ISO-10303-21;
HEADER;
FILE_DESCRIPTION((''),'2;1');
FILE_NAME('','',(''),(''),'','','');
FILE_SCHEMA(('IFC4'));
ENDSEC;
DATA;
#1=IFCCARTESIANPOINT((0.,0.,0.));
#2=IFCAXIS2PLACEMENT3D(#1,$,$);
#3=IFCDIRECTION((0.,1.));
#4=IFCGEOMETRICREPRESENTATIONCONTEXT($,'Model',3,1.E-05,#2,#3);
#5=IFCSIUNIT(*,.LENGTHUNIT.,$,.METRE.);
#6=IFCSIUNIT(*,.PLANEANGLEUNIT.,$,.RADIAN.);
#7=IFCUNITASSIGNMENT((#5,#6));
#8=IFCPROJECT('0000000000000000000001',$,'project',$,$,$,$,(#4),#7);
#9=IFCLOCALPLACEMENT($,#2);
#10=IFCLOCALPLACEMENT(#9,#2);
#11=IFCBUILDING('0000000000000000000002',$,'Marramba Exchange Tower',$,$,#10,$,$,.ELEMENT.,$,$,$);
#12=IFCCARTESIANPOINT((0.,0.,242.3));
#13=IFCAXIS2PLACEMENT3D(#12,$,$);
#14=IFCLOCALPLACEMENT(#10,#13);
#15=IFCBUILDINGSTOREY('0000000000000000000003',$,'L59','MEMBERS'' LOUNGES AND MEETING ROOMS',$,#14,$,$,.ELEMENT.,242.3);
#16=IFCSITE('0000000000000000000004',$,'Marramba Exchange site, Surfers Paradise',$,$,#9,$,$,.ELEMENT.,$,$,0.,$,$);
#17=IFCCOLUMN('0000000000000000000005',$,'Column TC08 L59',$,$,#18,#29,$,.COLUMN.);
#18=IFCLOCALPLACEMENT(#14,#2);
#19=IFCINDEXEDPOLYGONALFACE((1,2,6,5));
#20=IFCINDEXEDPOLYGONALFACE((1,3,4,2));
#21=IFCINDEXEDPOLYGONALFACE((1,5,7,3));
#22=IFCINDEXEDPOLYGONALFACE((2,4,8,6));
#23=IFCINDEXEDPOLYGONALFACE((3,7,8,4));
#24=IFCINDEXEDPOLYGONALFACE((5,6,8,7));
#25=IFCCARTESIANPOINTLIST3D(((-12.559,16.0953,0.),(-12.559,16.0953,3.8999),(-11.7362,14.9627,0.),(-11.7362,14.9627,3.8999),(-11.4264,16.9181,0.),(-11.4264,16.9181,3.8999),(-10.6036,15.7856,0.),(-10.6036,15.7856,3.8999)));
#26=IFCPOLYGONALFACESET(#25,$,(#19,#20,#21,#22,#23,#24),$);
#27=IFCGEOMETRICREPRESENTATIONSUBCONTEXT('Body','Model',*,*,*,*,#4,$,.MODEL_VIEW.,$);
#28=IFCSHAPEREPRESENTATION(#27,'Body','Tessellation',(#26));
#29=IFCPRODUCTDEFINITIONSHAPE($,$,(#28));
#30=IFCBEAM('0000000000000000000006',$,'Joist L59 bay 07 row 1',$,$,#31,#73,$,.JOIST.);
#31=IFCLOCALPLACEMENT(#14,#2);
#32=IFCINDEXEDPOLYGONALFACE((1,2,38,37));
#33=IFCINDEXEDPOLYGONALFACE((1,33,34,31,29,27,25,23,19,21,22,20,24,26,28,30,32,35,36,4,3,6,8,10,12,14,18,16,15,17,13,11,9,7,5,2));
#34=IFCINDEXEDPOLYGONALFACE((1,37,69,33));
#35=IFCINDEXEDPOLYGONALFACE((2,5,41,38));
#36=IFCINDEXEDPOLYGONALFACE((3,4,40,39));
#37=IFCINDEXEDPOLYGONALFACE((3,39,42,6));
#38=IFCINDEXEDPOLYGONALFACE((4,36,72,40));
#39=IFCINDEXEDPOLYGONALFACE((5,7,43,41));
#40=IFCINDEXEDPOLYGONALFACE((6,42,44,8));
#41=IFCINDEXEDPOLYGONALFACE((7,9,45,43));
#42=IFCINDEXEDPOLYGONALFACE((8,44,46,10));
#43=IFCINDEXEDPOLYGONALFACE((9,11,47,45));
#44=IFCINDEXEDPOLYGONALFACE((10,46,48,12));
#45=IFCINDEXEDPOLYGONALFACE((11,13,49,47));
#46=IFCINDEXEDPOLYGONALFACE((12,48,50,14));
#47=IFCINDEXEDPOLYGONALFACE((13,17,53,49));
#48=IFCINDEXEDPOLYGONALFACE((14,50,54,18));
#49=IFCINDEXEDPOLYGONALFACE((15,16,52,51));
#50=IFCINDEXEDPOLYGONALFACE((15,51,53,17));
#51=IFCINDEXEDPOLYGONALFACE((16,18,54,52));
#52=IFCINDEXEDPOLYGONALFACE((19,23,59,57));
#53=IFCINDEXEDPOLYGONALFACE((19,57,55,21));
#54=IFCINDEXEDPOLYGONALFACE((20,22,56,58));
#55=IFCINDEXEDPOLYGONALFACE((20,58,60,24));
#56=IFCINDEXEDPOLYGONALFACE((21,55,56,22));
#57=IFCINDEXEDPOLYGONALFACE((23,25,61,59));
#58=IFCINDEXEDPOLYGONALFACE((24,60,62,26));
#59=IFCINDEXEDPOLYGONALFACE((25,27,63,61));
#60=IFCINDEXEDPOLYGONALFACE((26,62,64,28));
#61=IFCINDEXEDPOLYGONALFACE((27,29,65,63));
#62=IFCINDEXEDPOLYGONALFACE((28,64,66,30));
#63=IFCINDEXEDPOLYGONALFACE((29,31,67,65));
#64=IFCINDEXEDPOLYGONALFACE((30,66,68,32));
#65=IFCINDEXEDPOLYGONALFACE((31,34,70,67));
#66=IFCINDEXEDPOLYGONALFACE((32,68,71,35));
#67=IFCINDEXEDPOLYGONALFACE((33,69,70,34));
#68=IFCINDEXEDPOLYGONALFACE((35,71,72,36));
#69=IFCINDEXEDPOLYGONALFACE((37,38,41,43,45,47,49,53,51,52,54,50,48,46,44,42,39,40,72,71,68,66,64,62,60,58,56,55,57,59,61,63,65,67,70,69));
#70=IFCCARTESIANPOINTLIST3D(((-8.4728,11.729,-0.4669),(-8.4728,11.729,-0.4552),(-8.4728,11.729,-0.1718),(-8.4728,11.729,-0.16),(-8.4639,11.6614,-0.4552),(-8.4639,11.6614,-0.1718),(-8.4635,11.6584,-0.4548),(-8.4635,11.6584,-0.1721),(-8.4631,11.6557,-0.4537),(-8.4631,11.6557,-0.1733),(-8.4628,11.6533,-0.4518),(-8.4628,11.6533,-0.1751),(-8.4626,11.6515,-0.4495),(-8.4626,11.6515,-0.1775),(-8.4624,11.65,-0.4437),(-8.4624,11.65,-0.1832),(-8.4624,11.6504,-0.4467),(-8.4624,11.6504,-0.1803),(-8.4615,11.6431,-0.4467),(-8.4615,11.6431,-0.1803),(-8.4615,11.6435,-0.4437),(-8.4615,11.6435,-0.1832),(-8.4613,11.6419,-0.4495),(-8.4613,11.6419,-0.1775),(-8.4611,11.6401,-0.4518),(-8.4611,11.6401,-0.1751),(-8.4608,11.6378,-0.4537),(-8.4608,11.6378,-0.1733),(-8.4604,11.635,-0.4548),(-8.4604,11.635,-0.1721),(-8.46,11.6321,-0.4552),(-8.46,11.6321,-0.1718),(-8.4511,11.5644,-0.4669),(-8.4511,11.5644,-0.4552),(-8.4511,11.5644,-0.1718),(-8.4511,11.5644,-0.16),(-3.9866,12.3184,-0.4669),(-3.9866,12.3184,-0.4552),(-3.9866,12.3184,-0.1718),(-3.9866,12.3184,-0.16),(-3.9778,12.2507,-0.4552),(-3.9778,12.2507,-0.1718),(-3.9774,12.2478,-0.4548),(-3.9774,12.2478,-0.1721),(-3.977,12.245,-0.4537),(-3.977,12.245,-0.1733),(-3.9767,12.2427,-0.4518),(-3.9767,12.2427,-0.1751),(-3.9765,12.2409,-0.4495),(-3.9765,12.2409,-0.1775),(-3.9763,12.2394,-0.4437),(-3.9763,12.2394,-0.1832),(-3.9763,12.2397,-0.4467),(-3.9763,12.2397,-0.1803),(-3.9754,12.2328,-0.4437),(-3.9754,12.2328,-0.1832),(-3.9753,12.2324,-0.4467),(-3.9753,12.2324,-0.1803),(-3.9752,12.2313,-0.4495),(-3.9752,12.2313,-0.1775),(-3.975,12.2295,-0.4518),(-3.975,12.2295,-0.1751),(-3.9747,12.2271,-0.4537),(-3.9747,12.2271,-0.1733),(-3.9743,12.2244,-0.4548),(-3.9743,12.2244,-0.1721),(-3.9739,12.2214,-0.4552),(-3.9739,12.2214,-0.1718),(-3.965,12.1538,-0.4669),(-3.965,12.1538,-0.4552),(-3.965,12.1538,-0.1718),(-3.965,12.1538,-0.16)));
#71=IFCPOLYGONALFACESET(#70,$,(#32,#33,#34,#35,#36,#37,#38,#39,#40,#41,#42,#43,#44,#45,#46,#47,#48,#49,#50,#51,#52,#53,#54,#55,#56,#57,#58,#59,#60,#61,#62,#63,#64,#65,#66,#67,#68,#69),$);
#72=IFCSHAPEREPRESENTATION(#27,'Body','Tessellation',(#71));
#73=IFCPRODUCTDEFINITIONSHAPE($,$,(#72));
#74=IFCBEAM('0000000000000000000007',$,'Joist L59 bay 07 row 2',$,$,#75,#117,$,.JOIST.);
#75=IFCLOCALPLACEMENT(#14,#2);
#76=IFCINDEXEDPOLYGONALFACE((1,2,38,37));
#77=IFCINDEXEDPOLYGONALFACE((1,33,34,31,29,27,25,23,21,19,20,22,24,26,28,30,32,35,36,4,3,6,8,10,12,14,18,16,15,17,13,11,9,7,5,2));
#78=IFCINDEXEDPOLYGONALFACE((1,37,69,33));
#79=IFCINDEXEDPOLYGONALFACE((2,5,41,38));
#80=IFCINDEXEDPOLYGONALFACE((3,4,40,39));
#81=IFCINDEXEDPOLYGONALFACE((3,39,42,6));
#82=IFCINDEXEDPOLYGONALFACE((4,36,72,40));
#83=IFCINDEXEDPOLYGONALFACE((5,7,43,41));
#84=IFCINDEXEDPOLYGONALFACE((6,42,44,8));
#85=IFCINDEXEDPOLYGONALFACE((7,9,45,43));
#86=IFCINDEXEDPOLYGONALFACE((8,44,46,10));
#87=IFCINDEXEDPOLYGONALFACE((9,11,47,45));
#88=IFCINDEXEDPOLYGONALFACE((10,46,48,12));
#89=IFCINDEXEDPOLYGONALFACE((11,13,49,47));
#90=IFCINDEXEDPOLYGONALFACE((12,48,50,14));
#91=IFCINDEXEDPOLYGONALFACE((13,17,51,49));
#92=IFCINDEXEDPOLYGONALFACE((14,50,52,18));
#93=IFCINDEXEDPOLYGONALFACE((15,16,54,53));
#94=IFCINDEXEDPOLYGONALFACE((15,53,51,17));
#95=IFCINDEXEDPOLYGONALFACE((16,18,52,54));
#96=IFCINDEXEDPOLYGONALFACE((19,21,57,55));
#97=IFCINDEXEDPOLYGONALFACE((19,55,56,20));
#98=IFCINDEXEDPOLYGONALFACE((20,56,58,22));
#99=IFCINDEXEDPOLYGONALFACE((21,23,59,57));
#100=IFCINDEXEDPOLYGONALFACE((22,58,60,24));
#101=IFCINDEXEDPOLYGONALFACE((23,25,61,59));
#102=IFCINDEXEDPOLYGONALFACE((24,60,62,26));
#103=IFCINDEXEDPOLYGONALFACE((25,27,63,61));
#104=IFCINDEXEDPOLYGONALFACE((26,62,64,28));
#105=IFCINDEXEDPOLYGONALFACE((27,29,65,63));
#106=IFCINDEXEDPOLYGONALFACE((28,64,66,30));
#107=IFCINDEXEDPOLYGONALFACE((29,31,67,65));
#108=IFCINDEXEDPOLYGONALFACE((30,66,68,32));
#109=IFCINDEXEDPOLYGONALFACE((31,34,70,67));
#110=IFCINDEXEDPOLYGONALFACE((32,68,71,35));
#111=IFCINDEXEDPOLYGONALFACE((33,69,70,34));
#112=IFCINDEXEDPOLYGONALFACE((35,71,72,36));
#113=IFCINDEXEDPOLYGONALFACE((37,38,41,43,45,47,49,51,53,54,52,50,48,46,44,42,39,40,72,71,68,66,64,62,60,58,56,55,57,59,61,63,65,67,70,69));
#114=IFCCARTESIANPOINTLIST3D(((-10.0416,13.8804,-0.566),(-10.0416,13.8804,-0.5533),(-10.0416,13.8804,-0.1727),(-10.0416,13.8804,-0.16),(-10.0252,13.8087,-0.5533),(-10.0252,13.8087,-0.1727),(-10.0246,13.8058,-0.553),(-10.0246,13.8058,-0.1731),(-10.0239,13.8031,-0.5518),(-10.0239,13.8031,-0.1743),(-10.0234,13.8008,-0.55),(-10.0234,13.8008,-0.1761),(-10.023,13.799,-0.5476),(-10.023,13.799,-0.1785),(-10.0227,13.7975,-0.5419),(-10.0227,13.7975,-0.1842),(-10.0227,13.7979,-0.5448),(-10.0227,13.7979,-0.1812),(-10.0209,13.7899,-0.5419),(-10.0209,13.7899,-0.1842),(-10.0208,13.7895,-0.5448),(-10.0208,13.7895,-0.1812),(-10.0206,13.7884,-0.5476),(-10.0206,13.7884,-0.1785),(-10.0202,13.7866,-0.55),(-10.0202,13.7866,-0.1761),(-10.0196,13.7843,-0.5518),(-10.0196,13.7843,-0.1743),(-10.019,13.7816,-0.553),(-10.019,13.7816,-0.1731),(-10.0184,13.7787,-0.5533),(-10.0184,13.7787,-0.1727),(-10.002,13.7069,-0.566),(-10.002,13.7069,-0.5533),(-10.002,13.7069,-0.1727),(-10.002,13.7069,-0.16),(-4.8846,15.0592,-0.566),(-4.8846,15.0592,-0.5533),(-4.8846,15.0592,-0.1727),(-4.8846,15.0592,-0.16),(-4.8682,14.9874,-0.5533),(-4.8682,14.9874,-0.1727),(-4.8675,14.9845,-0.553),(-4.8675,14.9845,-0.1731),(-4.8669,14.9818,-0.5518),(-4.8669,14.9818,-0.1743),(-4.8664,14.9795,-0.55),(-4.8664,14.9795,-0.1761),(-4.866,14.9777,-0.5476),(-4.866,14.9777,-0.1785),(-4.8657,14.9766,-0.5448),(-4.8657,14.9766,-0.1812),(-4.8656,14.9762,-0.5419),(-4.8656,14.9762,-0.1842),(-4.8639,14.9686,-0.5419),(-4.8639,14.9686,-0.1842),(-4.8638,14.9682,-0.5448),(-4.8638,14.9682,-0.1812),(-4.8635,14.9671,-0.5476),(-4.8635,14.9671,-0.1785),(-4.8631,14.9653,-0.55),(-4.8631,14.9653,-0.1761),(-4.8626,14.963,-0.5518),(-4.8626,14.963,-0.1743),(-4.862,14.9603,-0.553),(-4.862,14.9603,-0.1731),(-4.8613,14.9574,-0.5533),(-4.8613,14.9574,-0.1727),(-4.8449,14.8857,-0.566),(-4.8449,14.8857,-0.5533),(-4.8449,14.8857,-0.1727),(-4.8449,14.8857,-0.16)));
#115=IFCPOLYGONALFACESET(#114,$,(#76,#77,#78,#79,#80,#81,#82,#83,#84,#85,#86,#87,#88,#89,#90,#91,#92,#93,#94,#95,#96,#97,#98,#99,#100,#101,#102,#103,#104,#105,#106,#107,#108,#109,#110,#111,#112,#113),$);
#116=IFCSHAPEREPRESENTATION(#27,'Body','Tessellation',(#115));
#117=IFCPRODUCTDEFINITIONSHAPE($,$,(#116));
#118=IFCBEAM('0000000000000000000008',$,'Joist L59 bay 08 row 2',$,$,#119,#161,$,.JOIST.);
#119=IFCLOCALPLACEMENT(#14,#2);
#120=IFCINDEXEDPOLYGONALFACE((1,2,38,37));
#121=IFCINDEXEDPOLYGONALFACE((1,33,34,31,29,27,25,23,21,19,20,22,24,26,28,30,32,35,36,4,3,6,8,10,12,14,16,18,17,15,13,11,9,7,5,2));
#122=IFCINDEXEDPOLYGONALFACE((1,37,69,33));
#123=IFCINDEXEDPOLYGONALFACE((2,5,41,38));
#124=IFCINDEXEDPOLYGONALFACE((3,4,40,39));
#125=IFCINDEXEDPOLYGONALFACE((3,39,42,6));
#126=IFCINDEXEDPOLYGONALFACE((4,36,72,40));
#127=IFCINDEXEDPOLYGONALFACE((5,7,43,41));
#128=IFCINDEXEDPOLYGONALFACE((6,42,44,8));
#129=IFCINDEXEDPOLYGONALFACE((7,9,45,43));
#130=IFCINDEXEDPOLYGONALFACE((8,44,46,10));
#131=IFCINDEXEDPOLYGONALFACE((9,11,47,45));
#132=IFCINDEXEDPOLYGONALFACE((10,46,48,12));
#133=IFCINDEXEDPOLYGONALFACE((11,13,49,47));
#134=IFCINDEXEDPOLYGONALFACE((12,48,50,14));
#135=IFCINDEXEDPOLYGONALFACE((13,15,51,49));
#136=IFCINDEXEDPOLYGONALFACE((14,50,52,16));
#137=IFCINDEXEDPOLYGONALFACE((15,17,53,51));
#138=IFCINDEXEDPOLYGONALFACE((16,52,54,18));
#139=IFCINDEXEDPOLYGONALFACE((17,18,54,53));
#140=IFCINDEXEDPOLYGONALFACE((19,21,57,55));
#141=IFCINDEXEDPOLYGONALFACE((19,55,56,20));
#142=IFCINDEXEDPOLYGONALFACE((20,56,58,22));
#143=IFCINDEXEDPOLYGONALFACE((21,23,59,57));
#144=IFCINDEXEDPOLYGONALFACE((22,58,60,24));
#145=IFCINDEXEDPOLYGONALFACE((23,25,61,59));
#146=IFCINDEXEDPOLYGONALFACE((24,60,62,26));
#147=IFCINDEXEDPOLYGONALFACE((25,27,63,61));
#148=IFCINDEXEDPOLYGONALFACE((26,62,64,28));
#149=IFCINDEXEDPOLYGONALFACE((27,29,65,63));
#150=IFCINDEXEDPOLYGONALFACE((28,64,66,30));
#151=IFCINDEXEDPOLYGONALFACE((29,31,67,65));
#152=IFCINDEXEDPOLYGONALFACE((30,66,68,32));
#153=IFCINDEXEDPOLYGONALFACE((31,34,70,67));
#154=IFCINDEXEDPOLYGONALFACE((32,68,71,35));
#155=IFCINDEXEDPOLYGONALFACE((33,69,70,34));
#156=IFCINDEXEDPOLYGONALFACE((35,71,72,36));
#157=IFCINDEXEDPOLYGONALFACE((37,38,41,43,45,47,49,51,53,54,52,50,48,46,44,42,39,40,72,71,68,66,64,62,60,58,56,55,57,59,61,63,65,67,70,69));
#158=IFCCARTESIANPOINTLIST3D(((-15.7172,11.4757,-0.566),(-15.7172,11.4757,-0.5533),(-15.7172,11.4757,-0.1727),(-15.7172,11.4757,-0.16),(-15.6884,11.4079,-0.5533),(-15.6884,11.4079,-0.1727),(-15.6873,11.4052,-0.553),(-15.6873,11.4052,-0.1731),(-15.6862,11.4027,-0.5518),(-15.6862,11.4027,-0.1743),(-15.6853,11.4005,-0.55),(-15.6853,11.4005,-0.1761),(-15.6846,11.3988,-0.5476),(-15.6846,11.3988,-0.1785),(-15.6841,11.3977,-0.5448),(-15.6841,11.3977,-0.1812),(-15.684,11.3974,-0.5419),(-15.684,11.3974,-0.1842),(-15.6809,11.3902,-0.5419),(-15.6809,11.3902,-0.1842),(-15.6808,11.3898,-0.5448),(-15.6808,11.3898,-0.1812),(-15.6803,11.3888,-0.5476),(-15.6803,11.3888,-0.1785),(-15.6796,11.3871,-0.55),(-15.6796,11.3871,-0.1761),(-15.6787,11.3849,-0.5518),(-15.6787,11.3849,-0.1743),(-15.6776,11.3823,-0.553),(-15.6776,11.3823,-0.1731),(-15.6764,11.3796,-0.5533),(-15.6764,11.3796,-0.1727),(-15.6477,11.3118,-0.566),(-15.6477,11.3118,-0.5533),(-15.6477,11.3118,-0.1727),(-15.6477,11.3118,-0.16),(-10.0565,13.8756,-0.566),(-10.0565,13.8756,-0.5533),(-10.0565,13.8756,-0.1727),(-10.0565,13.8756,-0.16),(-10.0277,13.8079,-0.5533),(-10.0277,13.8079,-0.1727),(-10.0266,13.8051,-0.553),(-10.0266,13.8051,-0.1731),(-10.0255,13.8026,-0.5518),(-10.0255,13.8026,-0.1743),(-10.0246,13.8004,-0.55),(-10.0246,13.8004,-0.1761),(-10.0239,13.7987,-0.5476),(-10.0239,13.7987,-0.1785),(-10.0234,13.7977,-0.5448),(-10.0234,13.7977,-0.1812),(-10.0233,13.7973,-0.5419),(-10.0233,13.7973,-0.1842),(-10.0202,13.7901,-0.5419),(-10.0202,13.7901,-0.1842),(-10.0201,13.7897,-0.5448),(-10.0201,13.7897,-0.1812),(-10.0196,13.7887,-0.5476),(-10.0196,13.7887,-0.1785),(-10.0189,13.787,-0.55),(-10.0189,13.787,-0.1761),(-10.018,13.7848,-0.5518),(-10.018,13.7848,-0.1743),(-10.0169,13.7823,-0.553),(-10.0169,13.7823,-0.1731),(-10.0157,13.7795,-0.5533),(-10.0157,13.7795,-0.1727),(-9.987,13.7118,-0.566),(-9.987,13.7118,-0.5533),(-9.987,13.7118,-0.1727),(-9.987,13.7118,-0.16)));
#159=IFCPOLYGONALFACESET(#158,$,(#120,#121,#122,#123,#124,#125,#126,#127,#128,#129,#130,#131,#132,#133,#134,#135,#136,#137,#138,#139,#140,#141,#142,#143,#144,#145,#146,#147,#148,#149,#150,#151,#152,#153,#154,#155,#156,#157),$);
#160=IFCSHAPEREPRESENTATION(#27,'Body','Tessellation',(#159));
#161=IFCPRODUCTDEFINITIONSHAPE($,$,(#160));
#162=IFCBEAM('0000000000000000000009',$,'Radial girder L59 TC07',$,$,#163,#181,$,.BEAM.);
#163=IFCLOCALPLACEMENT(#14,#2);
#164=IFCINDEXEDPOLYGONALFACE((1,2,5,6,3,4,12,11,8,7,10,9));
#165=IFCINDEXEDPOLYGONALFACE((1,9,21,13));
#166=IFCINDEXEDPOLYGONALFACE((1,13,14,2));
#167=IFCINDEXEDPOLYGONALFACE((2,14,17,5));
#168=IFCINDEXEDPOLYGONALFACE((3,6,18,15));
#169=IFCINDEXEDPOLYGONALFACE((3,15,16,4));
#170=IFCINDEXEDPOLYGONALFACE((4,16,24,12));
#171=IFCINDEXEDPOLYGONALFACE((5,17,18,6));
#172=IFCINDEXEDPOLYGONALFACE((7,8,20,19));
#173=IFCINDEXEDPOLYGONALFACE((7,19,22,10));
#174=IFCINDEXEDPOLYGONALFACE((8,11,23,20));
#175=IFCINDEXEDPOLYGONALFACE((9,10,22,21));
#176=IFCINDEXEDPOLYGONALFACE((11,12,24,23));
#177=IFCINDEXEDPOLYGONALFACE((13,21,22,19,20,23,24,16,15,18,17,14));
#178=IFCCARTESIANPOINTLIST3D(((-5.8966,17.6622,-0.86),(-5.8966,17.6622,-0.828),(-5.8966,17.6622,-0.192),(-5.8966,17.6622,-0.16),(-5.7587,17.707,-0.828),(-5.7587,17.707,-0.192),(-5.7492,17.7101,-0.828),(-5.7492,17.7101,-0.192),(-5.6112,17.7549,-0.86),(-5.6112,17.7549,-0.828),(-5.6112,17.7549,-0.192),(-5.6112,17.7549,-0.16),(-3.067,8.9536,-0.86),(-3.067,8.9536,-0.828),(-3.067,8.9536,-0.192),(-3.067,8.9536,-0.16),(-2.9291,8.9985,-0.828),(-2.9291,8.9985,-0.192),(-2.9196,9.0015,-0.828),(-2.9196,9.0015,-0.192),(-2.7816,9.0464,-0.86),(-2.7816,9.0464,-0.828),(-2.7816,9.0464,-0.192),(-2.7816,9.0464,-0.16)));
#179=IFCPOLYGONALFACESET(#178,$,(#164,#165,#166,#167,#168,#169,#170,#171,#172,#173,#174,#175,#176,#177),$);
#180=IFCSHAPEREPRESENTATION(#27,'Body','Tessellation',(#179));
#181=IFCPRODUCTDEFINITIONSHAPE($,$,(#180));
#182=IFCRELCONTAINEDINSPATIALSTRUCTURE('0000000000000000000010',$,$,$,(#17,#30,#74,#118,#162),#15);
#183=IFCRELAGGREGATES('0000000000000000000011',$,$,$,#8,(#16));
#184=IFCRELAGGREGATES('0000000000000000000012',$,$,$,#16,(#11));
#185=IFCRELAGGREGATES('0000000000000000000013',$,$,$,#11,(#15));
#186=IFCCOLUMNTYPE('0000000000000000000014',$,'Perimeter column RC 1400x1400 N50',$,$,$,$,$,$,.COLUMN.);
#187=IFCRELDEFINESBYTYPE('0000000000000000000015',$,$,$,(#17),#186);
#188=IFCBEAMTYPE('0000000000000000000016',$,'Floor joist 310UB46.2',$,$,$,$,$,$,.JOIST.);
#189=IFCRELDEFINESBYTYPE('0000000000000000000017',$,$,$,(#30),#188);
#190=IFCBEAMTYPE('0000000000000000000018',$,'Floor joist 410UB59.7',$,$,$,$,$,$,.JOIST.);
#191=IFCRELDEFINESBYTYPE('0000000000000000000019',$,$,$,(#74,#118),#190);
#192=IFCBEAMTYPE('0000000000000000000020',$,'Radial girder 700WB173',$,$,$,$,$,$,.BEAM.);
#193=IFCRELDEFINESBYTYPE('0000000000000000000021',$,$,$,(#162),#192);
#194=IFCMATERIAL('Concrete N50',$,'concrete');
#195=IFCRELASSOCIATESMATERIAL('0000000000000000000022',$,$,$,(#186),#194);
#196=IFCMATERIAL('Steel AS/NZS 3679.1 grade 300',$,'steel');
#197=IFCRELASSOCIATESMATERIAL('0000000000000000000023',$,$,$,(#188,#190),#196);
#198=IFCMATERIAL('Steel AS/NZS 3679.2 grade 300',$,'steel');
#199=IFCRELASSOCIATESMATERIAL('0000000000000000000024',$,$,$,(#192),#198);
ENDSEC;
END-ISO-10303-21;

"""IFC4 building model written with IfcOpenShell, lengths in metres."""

from ifc_helpers import new_model, si_unit, direction, frame, origin, origin_2d, place, context, subcontext, project, spatial, rectangle, i_section, extrude, material, material_profile, profile_set, type_object, element, save


model = new_model("IFC4")

# Units and contexts
model_context = context("Model", 3, precision=1e-05, world=origin(), true_north=direction((0.0, 1.0)))
body_context = subcontext(model_context, "Body", "Model", "MODEL_VIEW")
ifc_project = project(units=[si_unit("LENGTHUNIT", "METRE"), si_unit("PLANEANGLEUNIT", "RADIAN")], contexts=[model_context])

# Site, building, storey
site_placement = place(None, origin())
site = spatial("IfcSite", under=ifc_project, at=site_placement, Name="Marramba Exchange site, Surfers Paradise", CompositionType="ELEMENT", RefElevation=0.0)
building_placement = place(site_placement, origin())
building = spatial("IfcBuilding", under=site, at=building_placement, Name="Marramba Exchange Tower", CompositionType="ELEMENT")
storey_placement = place(building_placement, frame((0.0, 0.0, 242.3)))
storey = spatial("IfcBuildingStorey", under=building, at=storey_placement, Name="L59", Description="MEMBERS' LOUNGES AND MEETING ROOMS", CompositionType="ELEMENT", Elevation=242.3)

# Column
ifc_material_1 = material(Name="Concrete N50", Category="concrete")
ifc_material_profile_1 = material_profile(ifc_material_1, rectangle(XDim=1.3999, YDim=1.3999, at=origin_2d()), Name="RC 1400x1400")
ifc_profile_set_1 = profile_set([ifc_material_profile_1], Name="Concrete N50")
column_type = type_object("IfcColumnType", Name="Perimeter column RC 1400x1400 N50", PredefinedType="COLUMN", material=ifc_profile_set_1)
column_placement = place(storey_placement, frame((-11.5813, 15.9404, 0.0), z_axis=(0.0, 0.0, 1.0), x_axis=(-0.587785, 0.809017, 0.0)))
element("IfcColumn", 1, at=column_placement, inside=storey, type_object=column_type, Name="Column TC08 L59", PredefinedType="COLUMN", context=body_context, shape_type="SweptSolid", body=[
    extrude(rectangle(XDim=1.3999, YDim=1.3999, at=origin_2d()), origin(), (0.0, 0.0, 1.0), 3.8999),
])

# Beams
ifc_material_2 = material(Name="Steel AS/NZS 3679.1 grade 300", Category="steel")
ifc_material_profile_2 = material_profile(ifc_material_2, i_section(OverallWidth=0.166, OverallDepth=0.3069, WebThickness=0.0066, FlangeThickness=0.0117, FilletRadius=0.0115, at=origin_2d()), Name="310UB46.2")
ifc_profile_set_2 = profile_set([ifc_material_profile_2], Name="Steel AS/NZS 3679.1 grade 300")
beam_type_1 = type_object("IfcBeamType", Name="Floor joist 310UB46.2", PredefinedType="JOIST", material=ifc_profile_set_2)
beam_1_placement = place(storey_placement, frame((-3.9758, 12.2361, -0.3135), z_axis=(-0.991481, -0.130255, 0.0), x_axis=(0.130255, -0.991481, 0.0)))
element("IfcBeam", 2, at=beam_1_placement, inside=storey, type_object=beam_type_1, Name="Joist L59 bay 07 row 1", PredefinedType="JOIST", context=body_context, shape_type="SweptSolid", body=[
    extrude(i_section(OverallWidth=0.166, OverallDepth=0.3069, WebThickness=0.0066, FlangeThickness=0.0117, FilletRadius=0.0115, at=origin_2d()), origin(), (0.0, 0.0, 1.0), 4.5247),
])
ifc_material_profile_3 = material_profile(ifc_material_2, i_section(OverallWidth=0.178, OverallDepth=0.406, WebThickness=0.0078, FlangeThickness=0.0127, FilletRadius=0.0115, at=origin_2d()), Name="410UB59.7")
ifc_profile_set_3 = profile_set([ifc_material_profile_3], Name="Steel AS/NZS 3679.1 grade 300")
beam_type_2 = type_object("IfcBeamType", Name="Floor joist 410UB59.7", PredefinedType="JOIST", material=ifc_profile_set_3)
beam_2_placement = place(storey_placement, frame((-4.8647, 14.9724, -0.363), z_axis=(-0.97486, -0.22282, 0.0), x_axis=(0.22282, -0.97486, 0.0)))
element("IfcBeam", 3, at=beam_2_placement, inside=storey, type_object=beam_type_2, Name="Joist L59 bay 07 row 2", PredefinedType="JOIST", context=body_context, shape_type="SweptSolid", body=[
    extrude(i_section(OverallWidth=0.178, OverallDepth=0.406, WebThickness=0.0078, FlangeThickness=0.0127, FilletRadius=0.0115, at=origin_2d()), origin(), (0.0, 0.0, 1.0), 5.29),
])
beam_3_placement = place(storey_placement, frame((-10.0217, 13.7937, -0.363), z_axis=(-0.920674, -0.390332, 0.0), x_axis=(0.390332, -0.920674, 0.0)))
element("IfcBeam", 4, at=beam_3_placement, inside=storey, type_object=beam_type_2, Name="Joist L59 bay 08 row 2", PredefinedType="JOIST", context=body_context, shape_type="SweptSolid", body=[
    extrude(i_section(OverallWidth=0.178, OverallDepth=0.406, WebThickness=0.0078, FlangeThickness=0.0127, FilletRadius=0.0115, at=origin_2d()), origin(), (0.0, 0.0, 1.0), 6.1484),
])
ifc_material_3 = material(Name="Steel AS/NZS 3679.2 grade 300", Category="steel")
ifc_material_profile_4 = material_profile(ifc_material_3, i_section(OverallWidth=0.3, OverallDepth=0.7, WebThickness=0.01, FlangeThickness=0.032, at=origin_2d()), Name="700WB173")
ifc_profile_set_4 = profile_set([ifc_material_profile_4], Name="Steel AS/NZS 3679.2 grade 300")
beam_type_3 = type_object("IfcBeamType", Name="Radial girder 700WB173", PredefinedType="BEAM", material=ifc_profile_set_4)
beam_4_placement = place(storey_placement, frame((-2.9243, 9.0, -0.51), z_axis=(-0.30902, 0.951056, 0.0), x_axis=(-0.951056, -0.30902, 0.0)))
element("IfcBeam", 5, at=beam_4_placement, inside=storey, type_object=beam_type_3, Name="Radial girder L59 TC07", PredefinedType="BEAM", context=body_context, shape_type="SweptSolid", body=[
    extrude(i_section(OverallWidth=0.3, OverallDepth=0.7, WebThickness=0.01, FlangeThickness=0.032, at=origin_2d()), origin(), (0.0, 0.0, 1.0), 9.1567),
])

save(model, "model.ifc")
